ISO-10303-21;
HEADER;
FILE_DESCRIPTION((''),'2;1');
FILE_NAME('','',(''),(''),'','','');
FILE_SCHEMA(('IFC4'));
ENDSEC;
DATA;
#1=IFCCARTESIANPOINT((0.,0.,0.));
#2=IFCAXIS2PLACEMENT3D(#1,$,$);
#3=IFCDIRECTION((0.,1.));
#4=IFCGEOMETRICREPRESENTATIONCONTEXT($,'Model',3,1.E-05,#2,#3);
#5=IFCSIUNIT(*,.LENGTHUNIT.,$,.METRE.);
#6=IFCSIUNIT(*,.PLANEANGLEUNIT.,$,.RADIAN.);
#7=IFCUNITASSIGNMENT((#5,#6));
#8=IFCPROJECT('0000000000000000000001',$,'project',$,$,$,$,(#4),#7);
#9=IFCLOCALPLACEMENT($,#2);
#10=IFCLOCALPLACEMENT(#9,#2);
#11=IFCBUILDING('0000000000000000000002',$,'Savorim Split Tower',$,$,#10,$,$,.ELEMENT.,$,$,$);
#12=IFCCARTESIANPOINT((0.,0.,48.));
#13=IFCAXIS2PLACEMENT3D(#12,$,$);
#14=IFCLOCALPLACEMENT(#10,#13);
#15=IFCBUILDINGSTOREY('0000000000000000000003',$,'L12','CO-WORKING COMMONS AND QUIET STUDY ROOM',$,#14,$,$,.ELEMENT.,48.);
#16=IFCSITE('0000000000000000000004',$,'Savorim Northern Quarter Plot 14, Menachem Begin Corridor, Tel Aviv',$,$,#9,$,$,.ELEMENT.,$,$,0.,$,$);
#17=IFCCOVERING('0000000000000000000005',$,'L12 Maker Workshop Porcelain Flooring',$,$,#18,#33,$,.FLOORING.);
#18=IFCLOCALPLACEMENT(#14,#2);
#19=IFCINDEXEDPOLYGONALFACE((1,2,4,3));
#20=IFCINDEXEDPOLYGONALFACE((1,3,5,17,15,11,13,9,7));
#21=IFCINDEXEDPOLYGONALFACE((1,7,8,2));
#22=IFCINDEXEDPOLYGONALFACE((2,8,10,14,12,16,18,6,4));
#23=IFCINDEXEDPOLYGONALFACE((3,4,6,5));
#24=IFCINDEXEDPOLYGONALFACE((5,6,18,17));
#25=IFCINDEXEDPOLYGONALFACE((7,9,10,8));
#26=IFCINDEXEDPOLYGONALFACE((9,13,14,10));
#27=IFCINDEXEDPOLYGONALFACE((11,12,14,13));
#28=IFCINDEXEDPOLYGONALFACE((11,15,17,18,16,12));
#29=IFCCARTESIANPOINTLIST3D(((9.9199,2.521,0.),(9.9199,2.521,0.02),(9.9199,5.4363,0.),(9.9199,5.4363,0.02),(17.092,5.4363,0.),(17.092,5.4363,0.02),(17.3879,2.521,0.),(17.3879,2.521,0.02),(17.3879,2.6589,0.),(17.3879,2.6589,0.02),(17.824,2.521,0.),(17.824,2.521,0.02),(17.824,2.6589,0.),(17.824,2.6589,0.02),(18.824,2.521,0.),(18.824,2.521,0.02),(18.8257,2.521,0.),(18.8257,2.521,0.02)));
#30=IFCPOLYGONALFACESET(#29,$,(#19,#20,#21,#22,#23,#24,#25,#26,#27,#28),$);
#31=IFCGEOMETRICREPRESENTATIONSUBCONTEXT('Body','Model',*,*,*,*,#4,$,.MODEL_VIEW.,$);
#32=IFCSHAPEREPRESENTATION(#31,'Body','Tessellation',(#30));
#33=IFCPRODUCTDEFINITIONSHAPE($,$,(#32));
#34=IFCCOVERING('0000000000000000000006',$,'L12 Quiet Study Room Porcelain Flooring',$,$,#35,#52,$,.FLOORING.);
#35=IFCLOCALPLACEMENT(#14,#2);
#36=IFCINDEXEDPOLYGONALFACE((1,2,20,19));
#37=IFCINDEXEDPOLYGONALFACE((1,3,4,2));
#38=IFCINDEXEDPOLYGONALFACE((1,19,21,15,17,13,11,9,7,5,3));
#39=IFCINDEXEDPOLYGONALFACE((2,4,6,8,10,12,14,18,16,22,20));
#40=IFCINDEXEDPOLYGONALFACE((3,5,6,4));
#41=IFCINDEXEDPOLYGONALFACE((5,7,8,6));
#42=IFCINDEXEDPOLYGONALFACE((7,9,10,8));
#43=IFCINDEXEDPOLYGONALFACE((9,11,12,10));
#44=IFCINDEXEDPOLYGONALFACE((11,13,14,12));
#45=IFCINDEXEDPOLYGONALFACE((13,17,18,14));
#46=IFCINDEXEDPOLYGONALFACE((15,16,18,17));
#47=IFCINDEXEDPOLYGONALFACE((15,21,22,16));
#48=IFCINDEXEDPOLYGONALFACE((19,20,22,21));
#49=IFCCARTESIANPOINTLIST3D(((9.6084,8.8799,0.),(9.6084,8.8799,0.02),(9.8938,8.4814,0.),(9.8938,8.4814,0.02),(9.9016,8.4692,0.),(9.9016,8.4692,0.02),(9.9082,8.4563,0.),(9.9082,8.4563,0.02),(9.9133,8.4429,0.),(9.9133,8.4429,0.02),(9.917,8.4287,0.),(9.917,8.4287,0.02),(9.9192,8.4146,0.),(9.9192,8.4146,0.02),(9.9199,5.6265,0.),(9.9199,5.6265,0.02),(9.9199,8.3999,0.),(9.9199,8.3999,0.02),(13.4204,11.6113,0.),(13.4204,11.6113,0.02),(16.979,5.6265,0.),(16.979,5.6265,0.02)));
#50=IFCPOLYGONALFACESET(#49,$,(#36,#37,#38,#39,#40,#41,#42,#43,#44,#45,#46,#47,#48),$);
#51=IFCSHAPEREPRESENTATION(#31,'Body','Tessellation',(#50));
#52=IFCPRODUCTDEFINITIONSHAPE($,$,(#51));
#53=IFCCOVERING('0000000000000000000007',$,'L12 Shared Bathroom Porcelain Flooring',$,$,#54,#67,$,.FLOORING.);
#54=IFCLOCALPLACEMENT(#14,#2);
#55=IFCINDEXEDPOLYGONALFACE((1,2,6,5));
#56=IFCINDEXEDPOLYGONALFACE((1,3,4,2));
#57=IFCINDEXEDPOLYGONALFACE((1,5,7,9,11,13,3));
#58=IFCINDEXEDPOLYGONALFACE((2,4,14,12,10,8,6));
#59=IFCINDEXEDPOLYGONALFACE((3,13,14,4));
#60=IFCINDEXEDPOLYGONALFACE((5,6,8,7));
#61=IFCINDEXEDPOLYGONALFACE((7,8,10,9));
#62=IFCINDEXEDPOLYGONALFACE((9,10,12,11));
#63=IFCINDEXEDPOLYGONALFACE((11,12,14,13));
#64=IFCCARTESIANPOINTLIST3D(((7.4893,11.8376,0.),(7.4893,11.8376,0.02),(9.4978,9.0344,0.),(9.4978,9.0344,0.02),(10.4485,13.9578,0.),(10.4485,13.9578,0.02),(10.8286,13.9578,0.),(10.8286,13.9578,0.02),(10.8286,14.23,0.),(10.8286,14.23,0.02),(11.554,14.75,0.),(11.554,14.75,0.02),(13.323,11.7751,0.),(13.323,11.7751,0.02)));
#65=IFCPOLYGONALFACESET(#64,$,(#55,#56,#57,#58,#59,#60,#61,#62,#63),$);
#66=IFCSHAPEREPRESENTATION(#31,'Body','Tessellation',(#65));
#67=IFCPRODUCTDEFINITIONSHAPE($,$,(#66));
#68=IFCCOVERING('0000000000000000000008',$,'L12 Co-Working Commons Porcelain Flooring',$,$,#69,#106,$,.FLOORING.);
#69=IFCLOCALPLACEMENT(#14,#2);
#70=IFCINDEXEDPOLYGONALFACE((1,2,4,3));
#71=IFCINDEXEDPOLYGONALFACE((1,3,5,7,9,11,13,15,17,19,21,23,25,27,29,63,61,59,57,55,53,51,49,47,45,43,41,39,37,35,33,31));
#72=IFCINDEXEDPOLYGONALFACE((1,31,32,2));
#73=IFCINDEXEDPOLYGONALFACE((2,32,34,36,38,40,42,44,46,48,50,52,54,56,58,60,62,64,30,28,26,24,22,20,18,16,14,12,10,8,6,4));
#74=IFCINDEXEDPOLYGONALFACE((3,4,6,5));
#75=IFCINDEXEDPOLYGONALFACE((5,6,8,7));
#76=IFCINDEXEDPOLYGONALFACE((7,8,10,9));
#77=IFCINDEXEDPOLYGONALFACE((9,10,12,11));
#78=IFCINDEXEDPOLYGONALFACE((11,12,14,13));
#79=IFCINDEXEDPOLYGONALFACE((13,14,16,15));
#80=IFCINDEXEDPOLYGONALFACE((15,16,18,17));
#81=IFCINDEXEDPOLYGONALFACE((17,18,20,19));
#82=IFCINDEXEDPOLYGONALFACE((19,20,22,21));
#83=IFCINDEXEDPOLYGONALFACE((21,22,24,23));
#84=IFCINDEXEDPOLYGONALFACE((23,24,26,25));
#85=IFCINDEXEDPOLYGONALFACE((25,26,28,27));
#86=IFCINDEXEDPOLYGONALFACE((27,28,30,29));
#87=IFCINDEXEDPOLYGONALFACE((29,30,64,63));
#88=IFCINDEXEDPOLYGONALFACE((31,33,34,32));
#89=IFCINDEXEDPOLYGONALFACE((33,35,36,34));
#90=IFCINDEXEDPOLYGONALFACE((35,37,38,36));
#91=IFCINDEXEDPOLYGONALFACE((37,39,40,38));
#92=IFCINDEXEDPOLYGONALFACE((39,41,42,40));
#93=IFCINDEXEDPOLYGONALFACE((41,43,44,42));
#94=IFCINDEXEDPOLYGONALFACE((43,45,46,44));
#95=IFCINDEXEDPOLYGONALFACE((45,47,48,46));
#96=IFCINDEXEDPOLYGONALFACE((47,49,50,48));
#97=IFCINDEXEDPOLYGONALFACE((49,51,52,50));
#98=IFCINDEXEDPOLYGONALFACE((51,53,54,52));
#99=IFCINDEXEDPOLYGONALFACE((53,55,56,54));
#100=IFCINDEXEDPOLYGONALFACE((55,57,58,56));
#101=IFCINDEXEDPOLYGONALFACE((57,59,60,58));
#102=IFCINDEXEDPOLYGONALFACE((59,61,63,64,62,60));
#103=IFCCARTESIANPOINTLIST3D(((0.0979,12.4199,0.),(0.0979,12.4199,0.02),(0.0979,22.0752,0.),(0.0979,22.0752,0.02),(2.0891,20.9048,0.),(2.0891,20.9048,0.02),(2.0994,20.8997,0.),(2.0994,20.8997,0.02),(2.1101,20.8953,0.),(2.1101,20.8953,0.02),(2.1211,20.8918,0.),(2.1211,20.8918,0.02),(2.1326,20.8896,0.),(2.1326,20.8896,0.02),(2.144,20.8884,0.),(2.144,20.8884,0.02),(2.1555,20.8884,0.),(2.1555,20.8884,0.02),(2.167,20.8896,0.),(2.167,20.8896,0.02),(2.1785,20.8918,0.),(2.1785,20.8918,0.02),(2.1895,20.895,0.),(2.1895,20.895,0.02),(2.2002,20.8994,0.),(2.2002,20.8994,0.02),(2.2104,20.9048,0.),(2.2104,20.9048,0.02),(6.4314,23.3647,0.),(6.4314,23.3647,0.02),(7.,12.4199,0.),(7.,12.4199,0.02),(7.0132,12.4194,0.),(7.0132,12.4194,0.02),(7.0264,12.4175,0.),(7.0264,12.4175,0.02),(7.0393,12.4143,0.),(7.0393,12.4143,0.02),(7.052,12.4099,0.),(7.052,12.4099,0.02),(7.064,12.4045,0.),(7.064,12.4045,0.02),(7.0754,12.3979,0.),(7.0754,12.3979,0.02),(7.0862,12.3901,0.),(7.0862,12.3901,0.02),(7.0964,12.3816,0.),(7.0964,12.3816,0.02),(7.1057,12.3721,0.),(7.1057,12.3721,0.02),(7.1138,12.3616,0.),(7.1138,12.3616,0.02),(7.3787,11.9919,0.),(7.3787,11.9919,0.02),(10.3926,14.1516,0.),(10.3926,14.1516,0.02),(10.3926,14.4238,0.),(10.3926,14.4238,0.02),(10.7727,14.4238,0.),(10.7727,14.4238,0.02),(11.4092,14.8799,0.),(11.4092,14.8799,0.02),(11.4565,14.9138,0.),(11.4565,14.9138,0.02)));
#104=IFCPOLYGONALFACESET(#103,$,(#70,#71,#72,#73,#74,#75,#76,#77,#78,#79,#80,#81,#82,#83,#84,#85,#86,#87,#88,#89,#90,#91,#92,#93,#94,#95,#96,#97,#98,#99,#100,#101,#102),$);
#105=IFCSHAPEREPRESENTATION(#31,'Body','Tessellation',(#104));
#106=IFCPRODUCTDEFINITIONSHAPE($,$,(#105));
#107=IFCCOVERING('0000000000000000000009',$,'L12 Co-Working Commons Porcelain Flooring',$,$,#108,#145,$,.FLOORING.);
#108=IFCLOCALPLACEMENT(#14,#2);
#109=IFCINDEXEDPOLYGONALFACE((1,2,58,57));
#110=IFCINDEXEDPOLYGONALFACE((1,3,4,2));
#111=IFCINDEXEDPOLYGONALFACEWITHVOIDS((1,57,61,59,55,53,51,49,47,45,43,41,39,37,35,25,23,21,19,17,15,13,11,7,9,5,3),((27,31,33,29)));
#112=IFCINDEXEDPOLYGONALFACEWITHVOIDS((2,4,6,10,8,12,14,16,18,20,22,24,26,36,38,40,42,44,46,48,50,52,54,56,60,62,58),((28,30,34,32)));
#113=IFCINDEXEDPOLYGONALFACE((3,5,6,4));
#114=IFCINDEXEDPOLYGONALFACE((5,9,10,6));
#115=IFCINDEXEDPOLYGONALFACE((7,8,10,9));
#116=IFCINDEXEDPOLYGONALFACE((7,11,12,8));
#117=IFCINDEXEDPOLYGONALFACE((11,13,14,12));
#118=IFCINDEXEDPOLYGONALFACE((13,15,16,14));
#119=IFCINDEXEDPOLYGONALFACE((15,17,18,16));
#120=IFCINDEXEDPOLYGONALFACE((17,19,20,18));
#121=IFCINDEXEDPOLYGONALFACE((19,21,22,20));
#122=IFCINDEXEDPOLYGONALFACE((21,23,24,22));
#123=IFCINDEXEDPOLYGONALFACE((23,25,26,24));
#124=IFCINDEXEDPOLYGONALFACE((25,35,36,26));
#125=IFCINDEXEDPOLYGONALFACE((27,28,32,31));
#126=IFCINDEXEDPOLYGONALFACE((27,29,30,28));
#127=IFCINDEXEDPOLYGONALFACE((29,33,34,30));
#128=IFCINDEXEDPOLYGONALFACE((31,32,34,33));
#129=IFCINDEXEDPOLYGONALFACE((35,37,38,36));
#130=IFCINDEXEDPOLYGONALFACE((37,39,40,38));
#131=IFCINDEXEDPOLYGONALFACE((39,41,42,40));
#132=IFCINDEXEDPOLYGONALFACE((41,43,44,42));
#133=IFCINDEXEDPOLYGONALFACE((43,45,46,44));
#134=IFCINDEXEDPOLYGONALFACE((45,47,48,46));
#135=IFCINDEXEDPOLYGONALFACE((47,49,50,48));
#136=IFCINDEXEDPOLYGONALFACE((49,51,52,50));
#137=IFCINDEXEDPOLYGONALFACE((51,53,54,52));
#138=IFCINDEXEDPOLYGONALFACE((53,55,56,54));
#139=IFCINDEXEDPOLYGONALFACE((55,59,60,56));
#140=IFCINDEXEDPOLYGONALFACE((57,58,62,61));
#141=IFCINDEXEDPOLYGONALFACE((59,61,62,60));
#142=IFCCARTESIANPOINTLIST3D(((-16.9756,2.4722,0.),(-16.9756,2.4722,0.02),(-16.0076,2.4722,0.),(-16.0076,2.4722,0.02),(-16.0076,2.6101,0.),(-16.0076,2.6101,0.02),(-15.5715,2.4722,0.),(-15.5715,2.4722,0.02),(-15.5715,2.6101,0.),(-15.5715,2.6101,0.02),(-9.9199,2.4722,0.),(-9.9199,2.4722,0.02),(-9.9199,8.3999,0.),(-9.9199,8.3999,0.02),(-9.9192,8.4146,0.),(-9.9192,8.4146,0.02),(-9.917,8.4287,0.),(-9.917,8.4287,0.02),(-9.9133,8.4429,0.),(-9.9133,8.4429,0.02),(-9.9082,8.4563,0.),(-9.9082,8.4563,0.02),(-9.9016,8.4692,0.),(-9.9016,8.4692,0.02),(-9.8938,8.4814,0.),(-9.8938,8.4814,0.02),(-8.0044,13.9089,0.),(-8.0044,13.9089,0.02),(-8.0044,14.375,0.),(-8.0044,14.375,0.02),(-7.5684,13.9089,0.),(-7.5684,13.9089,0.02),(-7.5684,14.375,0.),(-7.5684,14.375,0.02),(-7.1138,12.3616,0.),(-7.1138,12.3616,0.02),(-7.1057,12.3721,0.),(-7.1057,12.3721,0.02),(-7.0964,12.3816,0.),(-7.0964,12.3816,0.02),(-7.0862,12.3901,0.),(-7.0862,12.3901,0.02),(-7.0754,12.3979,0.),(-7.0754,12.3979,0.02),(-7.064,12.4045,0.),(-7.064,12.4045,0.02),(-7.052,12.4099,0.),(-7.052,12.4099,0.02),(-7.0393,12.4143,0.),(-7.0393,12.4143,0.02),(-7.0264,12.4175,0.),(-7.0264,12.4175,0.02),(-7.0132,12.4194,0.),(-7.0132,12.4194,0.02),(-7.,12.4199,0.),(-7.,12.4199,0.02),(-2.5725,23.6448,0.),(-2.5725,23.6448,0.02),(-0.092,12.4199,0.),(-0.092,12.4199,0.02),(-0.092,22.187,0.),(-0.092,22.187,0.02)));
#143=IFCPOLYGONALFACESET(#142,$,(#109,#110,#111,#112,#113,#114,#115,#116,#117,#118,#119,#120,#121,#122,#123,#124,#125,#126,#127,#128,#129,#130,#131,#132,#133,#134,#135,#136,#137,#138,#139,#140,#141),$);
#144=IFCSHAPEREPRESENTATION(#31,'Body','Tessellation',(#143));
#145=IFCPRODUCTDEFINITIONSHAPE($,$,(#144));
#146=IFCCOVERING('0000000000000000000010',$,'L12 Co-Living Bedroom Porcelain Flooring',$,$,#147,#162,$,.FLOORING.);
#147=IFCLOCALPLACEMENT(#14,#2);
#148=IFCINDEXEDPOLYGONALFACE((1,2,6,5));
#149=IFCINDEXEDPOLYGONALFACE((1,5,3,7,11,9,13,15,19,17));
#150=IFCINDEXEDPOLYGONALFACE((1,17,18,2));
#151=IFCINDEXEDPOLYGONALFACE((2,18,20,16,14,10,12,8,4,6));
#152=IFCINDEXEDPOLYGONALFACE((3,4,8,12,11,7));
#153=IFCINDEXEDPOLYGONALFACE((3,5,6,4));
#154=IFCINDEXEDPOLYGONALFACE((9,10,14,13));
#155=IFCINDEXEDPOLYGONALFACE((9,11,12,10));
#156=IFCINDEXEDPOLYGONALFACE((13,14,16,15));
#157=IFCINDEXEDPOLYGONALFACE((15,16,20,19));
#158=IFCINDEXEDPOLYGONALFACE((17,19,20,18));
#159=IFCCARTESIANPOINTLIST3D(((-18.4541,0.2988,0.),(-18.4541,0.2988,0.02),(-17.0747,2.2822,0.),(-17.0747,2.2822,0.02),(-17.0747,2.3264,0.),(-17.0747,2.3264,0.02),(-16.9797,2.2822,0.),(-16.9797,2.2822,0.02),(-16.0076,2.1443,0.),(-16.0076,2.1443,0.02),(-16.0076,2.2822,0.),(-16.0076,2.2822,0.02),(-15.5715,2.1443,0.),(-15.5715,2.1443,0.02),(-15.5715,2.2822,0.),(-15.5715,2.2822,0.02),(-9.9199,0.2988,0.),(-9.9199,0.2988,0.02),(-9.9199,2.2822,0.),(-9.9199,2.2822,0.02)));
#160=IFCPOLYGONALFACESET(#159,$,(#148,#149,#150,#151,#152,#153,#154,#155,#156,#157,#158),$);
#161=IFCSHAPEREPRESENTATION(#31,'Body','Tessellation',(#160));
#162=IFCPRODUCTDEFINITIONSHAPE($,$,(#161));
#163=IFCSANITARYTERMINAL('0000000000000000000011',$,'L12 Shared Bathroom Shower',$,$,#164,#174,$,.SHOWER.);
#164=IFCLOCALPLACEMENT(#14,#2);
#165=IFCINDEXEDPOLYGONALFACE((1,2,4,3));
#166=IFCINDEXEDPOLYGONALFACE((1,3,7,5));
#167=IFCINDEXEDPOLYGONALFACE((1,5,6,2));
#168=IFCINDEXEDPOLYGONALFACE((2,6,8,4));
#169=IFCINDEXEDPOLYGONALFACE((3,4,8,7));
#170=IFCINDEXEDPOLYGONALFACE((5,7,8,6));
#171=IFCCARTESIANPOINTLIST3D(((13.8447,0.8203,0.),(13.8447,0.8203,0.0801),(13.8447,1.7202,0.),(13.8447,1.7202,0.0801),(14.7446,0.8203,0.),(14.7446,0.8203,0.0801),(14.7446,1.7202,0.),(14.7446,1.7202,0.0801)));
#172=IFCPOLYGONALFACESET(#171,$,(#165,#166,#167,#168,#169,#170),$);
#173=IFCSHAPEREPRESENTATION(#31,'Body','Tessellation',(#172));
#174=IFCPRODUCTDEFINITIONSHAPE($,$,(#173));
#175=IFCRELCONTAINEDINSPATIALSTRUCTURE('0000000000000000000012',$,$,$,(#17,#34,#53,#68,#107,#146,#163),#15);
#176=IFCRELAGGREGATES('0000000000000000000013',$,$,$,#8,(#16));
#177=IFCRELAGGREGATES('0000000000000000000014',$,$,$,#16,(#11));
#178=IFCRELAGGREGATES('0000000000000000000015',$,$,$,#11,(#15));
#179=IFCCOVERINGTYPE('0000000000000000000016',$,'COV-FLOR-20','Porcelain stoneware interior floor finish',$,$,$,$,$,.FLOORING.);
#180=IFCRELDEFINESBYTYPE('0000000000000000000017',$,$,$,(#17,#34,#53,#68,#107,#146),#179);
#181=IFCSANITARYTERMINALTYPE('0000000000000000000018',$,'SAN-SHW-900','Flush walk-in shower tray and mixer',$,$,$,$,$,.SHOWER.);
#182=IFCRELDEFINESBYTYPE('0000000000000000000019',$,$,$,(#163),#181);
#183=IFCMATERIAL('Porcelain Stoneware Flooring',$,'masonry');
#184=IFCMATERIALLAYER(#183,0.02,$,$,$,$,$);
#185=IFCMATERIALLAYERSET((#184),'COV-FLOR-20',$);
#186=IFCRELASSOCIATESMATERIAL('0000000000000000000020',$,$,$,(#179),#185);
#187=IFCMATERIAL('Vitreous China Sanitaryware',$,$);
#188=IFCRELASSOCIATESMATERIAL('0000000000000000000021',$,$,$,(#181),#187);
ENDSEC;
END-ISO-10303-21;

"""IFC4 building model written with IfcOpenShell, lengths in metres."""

from ifc_helpers import new_model, si_unit, direction, frame, origin, origin_2d, place, context, subcontext, project, spatial, polyline, rectangle, outline, extrude, material, layer, layer_set, type_object, element, save


model = new_model("IFC4")

# Units and contexts
model_context = context("Model", 3, precision=1e-05, world=origin(), true_north=direction((0.0, 1.0)))
body_context = subcontext(model_context, "Body", "Model", "MODEL_VIEW")
ifc_project = project(units=[si_unit("LENGTHUNIT", "METRE"), si_unit("PLANEANGLEUNIT", "RADIAN")], contexts=[model_context])

# Site, building, storey
site_placement = place(None, origin())
site = spatial("IfcSite", under=ifc_project, at=site_placement, Name="Savorim Northern Quarter Plot 14, Menachem Begin Corridor, Tel Aviv", CompositionType="ELEMENT", RefElevation=0.0)
building_placement = place(site_placement, origin())
building = spatial("IfcBuilding", under=site, at=building_placement, Name="Savorim Split Tower", CompositionType="ELEMENT")
storey_placement = place(building_placement, frame((0.0, 0.0, 48.0)))
storey = spatial("IfcBuildingStorey", under=building, at=storey_placement, Name="L12", Description="CO-WORKING COMMONS AND QUIET STUDY ROOM", CompositionType="ELEMENT", Elevation=48.0)

# Coverings
ifc_material_1 = material(Name="Porcelain Stoneware Flooring", Category="masonry")
ifc_layer_1 = layer(ifc_material_1, 0.02)
ifc_layer_set_1 = layer_set([ifc_layer_1], Name="COV-FLOR-20")
covering_type_1 = type_object("IfcCoveringType", Name="COV-FLOR-20", Description="Porcelain stoneware interior floor finish", PredefinedType="FLOORING", material=ifc_layer_set_1)
covering_1_placement = place(storey_placement, origin())
element("IfcCovering", 1, at=covering_1_placement, inside=storey, type_object=covering_type_1, Name="L12 Maker Workshop Porcelain Flooring", PredefinedType="FLOORING", context=body_context, shape_type="SweptSolid", body=[
    extrude(outline(polyline([(17.824, 2.6589), (17.824, 2.521), (18.824, 2.521), (18.8257, 2.521), (17.092, 5.4363), (9.9199, 5.4363), (9.9199, 2.521), (17.3879, 2.521), (17.3879, 2.6589), (17.824, 2.6589)])), origin(), (0.0, 0.0, 1.0), 0.02),
])
covering_2_placement = place(storey_placement, origin())
element("IfcCovering", 2, at=covering_2_placement, inside=storey, type_object=covering_type_1, Name="L12 Quiet Study Room Porcelain Flooring", PredefinedType="FLOORING", context=body_context, shape_type="SweptSolid", body=[
    extrude(outline(polyline([(9.917, 8.4287), (9.9192, 8.4146), (9.9199, 8.3999), (9.9199, 5.6265), (16.979, 5.6265), (13.4204, 11.6113), (9.6084, 8.8799), (9.8938, 8.4814), (9.9016, 8.4692), (9.9082, 8.4563), (9.9133, 8.4429), (9.917, 8.4287)])), origin(), (0.0, 0.0, 1.0), 0.02),
])
covering_3_placement = place(storey_placement, origin())
element("IfcCovering", 3, at=covering_3_placement, inside=storey, type_object=covering_type_1, Name="L12 Shared Bathroom Porcelain Flooring", PredefinedType="FLOORING", context=body_context, shape_type="SweptSolid", body=[
    extrude(outline(polyline([(10.4485, 13.9578), (7.4893, 11.8376), (7.4893, 11.8376), (9.4978, 9.0344), (13.323, 11.7751), (11.554, 14.75), (10.8286, 14.23), (10.8286, 13.9578), (10.4485, 13.9578)])), origin(), (0.0, 0.0, 1.0), 0.02),
])
covering_4_placement = place(storey_placement, origin())
element("IfcCovering", 4, at=covering_4_placement, inside=storey, type_object=covering_type_1, Name="L12 Co-Working Commons Porcelain Flooring", PredefinedType="FLOORING", context=body_context, shape_type="SweptSolid", body=[
    extrude(outline(polyline([(2.1101, 20.8953), (2.0994, 20.8997), (2.0891, 20.9048), (0.0979, 22.0752), (0.0979, 12.4199), (7.0, 12.4199), (7.0132, 12.4194), (7.0264, 12.4175), (7.0393, 12.4143), (7.052, 12.4099), (7.064, 12.4045), (7.0754, 12.3979), (7.0862, 12.3901), (7.0964, 12.3816), (7.1057, 12.3721), (7.1138, 12.3616), (7.3787, 11.9919), (10.3926, 14.1516), (10.3926, 14.4238), (10.7727, 14.4238), (11.4092, 14.8799), (11.4565, 14.9138), (6.4314, 23.3647), (2.2104, 20.9048), (2.2002, 20.8994), (2.1895, 20.895), (2.1785, 20.8918), (2.167, 20.8896), (2.1555, 20.8884), (2.144, 20.8884), (2.1326, 20.8896), (2.1211, 20.8918), (2.1101, 20.8953)])), origin(), (0.0, 0.0, 1.0), 0.02),
])
covering_5_placement = place(storey_placement, origin())
element("IfcCovering", 5, at=covering_5_placement, inside=storey, type_object=covering_type_1, Name="L12 Co-Working Commons Porcelain Flooring", PredefinedType="FLOORING", context=body_context, shape_type="SweptSolid", body=[
    extrude(outline(polyline([(-7.0, 12.4199), (-0.092, 12.4199), (-0.092, 22.187), (-2.5725, 23.6448), (-16.9756, 2.4722), (-16.0076, 2.4722), (-16.0076, 2.6101), (-15.5715, 2.6101), (-15.5715, 2.4722), (-9.9199, 2.4722), (-9.9199, 8.3999), (-9.9192, 8.4146), (-9.917, 8.4287), (-9.9133, 8.4429), (-9.9082, 8.4563), (-9.9016, 8.4692), (-9.8938, 8.4814), (-7.1138, 12.3616), (-7.1057, 12.3721), (-7.0964, 12.3816), (-7.0862, 12.3901), (-7.0754, 12.3979), (-7.064, 12.4045), (-7.052, 12.4099), (-7.0393, 12.4143), (-7.0264, 12.4175), (-7.0132, 12.4194), (-7.0, 12.4199)]), holes=[polyline([(-7.5684, 14.375), (-8.0044, 14.375), (-8.0044, 13.9089), (-7.5684, 13.9089), (-7.5684, 14.375)])]), origin(), (0.0, 0.0, 1.0), 0.02),
])
covering_6_placement = place(storey_placement, origin())
element("IfcCovering", 6, at=covering_6_placement, inside=storey, type_object=covering_type_1, Name="L12 Co-Living Bedroom Porcelain Flooring", PredefinedType="FLOORING", context=body_context, shape_type="SweptSolid", body=[
    extrude(outline(polyline([(-16.0076, 2.2822), (-16.9797, 2.2822), (-17.0747, 2.2822), (-17.0747, 2.3264), (-18.4541, 0.2988), (-9.9199, 0.2988), (-9.9199, 2.2822), (-15.5715, 2.2822), (-15.5715, 2.1443), (-16.0076, 2.1443), (-16.0076, 2.2822)])), origin(), (0.0, 0.0, 1.0), 0.02),
])

# Sanitary terminal
ifc_material_2 = material(Name="Vitreous China Sanitaryware")
sanitary_terminal_type = type_object("IfcSanitaryTerminalType", Name="SAN-SHW-900", Description="Flush walk-in shower tray and mixer", PredefinedType="SHOWER", material=ifc_material_2)
sanitary_terminal_placement = place(storey_placement, frame((14.2947, 1.2703, 0.0), z_axis=(0.0, 0.0, 1.0), x_axis=(1.0, 0.0, 0.0)))
element("IfcSanitaryTerminal", 7, at=sanitary_terminal_placement, inside=storey, type_object=sanitary_terminal_type, Name="L12 Shared Bathroom Shower", PredefinedType="SHOWER", context=body_context, shape_type="SweptSolid", body=[
    extrude(rectangle(XDim=0.8999, YDim=0.8999, at=origin_2d()), origin(), (0.0, 0.0, 1.0), 0.0801),
])

save(model, "model.ifc")
